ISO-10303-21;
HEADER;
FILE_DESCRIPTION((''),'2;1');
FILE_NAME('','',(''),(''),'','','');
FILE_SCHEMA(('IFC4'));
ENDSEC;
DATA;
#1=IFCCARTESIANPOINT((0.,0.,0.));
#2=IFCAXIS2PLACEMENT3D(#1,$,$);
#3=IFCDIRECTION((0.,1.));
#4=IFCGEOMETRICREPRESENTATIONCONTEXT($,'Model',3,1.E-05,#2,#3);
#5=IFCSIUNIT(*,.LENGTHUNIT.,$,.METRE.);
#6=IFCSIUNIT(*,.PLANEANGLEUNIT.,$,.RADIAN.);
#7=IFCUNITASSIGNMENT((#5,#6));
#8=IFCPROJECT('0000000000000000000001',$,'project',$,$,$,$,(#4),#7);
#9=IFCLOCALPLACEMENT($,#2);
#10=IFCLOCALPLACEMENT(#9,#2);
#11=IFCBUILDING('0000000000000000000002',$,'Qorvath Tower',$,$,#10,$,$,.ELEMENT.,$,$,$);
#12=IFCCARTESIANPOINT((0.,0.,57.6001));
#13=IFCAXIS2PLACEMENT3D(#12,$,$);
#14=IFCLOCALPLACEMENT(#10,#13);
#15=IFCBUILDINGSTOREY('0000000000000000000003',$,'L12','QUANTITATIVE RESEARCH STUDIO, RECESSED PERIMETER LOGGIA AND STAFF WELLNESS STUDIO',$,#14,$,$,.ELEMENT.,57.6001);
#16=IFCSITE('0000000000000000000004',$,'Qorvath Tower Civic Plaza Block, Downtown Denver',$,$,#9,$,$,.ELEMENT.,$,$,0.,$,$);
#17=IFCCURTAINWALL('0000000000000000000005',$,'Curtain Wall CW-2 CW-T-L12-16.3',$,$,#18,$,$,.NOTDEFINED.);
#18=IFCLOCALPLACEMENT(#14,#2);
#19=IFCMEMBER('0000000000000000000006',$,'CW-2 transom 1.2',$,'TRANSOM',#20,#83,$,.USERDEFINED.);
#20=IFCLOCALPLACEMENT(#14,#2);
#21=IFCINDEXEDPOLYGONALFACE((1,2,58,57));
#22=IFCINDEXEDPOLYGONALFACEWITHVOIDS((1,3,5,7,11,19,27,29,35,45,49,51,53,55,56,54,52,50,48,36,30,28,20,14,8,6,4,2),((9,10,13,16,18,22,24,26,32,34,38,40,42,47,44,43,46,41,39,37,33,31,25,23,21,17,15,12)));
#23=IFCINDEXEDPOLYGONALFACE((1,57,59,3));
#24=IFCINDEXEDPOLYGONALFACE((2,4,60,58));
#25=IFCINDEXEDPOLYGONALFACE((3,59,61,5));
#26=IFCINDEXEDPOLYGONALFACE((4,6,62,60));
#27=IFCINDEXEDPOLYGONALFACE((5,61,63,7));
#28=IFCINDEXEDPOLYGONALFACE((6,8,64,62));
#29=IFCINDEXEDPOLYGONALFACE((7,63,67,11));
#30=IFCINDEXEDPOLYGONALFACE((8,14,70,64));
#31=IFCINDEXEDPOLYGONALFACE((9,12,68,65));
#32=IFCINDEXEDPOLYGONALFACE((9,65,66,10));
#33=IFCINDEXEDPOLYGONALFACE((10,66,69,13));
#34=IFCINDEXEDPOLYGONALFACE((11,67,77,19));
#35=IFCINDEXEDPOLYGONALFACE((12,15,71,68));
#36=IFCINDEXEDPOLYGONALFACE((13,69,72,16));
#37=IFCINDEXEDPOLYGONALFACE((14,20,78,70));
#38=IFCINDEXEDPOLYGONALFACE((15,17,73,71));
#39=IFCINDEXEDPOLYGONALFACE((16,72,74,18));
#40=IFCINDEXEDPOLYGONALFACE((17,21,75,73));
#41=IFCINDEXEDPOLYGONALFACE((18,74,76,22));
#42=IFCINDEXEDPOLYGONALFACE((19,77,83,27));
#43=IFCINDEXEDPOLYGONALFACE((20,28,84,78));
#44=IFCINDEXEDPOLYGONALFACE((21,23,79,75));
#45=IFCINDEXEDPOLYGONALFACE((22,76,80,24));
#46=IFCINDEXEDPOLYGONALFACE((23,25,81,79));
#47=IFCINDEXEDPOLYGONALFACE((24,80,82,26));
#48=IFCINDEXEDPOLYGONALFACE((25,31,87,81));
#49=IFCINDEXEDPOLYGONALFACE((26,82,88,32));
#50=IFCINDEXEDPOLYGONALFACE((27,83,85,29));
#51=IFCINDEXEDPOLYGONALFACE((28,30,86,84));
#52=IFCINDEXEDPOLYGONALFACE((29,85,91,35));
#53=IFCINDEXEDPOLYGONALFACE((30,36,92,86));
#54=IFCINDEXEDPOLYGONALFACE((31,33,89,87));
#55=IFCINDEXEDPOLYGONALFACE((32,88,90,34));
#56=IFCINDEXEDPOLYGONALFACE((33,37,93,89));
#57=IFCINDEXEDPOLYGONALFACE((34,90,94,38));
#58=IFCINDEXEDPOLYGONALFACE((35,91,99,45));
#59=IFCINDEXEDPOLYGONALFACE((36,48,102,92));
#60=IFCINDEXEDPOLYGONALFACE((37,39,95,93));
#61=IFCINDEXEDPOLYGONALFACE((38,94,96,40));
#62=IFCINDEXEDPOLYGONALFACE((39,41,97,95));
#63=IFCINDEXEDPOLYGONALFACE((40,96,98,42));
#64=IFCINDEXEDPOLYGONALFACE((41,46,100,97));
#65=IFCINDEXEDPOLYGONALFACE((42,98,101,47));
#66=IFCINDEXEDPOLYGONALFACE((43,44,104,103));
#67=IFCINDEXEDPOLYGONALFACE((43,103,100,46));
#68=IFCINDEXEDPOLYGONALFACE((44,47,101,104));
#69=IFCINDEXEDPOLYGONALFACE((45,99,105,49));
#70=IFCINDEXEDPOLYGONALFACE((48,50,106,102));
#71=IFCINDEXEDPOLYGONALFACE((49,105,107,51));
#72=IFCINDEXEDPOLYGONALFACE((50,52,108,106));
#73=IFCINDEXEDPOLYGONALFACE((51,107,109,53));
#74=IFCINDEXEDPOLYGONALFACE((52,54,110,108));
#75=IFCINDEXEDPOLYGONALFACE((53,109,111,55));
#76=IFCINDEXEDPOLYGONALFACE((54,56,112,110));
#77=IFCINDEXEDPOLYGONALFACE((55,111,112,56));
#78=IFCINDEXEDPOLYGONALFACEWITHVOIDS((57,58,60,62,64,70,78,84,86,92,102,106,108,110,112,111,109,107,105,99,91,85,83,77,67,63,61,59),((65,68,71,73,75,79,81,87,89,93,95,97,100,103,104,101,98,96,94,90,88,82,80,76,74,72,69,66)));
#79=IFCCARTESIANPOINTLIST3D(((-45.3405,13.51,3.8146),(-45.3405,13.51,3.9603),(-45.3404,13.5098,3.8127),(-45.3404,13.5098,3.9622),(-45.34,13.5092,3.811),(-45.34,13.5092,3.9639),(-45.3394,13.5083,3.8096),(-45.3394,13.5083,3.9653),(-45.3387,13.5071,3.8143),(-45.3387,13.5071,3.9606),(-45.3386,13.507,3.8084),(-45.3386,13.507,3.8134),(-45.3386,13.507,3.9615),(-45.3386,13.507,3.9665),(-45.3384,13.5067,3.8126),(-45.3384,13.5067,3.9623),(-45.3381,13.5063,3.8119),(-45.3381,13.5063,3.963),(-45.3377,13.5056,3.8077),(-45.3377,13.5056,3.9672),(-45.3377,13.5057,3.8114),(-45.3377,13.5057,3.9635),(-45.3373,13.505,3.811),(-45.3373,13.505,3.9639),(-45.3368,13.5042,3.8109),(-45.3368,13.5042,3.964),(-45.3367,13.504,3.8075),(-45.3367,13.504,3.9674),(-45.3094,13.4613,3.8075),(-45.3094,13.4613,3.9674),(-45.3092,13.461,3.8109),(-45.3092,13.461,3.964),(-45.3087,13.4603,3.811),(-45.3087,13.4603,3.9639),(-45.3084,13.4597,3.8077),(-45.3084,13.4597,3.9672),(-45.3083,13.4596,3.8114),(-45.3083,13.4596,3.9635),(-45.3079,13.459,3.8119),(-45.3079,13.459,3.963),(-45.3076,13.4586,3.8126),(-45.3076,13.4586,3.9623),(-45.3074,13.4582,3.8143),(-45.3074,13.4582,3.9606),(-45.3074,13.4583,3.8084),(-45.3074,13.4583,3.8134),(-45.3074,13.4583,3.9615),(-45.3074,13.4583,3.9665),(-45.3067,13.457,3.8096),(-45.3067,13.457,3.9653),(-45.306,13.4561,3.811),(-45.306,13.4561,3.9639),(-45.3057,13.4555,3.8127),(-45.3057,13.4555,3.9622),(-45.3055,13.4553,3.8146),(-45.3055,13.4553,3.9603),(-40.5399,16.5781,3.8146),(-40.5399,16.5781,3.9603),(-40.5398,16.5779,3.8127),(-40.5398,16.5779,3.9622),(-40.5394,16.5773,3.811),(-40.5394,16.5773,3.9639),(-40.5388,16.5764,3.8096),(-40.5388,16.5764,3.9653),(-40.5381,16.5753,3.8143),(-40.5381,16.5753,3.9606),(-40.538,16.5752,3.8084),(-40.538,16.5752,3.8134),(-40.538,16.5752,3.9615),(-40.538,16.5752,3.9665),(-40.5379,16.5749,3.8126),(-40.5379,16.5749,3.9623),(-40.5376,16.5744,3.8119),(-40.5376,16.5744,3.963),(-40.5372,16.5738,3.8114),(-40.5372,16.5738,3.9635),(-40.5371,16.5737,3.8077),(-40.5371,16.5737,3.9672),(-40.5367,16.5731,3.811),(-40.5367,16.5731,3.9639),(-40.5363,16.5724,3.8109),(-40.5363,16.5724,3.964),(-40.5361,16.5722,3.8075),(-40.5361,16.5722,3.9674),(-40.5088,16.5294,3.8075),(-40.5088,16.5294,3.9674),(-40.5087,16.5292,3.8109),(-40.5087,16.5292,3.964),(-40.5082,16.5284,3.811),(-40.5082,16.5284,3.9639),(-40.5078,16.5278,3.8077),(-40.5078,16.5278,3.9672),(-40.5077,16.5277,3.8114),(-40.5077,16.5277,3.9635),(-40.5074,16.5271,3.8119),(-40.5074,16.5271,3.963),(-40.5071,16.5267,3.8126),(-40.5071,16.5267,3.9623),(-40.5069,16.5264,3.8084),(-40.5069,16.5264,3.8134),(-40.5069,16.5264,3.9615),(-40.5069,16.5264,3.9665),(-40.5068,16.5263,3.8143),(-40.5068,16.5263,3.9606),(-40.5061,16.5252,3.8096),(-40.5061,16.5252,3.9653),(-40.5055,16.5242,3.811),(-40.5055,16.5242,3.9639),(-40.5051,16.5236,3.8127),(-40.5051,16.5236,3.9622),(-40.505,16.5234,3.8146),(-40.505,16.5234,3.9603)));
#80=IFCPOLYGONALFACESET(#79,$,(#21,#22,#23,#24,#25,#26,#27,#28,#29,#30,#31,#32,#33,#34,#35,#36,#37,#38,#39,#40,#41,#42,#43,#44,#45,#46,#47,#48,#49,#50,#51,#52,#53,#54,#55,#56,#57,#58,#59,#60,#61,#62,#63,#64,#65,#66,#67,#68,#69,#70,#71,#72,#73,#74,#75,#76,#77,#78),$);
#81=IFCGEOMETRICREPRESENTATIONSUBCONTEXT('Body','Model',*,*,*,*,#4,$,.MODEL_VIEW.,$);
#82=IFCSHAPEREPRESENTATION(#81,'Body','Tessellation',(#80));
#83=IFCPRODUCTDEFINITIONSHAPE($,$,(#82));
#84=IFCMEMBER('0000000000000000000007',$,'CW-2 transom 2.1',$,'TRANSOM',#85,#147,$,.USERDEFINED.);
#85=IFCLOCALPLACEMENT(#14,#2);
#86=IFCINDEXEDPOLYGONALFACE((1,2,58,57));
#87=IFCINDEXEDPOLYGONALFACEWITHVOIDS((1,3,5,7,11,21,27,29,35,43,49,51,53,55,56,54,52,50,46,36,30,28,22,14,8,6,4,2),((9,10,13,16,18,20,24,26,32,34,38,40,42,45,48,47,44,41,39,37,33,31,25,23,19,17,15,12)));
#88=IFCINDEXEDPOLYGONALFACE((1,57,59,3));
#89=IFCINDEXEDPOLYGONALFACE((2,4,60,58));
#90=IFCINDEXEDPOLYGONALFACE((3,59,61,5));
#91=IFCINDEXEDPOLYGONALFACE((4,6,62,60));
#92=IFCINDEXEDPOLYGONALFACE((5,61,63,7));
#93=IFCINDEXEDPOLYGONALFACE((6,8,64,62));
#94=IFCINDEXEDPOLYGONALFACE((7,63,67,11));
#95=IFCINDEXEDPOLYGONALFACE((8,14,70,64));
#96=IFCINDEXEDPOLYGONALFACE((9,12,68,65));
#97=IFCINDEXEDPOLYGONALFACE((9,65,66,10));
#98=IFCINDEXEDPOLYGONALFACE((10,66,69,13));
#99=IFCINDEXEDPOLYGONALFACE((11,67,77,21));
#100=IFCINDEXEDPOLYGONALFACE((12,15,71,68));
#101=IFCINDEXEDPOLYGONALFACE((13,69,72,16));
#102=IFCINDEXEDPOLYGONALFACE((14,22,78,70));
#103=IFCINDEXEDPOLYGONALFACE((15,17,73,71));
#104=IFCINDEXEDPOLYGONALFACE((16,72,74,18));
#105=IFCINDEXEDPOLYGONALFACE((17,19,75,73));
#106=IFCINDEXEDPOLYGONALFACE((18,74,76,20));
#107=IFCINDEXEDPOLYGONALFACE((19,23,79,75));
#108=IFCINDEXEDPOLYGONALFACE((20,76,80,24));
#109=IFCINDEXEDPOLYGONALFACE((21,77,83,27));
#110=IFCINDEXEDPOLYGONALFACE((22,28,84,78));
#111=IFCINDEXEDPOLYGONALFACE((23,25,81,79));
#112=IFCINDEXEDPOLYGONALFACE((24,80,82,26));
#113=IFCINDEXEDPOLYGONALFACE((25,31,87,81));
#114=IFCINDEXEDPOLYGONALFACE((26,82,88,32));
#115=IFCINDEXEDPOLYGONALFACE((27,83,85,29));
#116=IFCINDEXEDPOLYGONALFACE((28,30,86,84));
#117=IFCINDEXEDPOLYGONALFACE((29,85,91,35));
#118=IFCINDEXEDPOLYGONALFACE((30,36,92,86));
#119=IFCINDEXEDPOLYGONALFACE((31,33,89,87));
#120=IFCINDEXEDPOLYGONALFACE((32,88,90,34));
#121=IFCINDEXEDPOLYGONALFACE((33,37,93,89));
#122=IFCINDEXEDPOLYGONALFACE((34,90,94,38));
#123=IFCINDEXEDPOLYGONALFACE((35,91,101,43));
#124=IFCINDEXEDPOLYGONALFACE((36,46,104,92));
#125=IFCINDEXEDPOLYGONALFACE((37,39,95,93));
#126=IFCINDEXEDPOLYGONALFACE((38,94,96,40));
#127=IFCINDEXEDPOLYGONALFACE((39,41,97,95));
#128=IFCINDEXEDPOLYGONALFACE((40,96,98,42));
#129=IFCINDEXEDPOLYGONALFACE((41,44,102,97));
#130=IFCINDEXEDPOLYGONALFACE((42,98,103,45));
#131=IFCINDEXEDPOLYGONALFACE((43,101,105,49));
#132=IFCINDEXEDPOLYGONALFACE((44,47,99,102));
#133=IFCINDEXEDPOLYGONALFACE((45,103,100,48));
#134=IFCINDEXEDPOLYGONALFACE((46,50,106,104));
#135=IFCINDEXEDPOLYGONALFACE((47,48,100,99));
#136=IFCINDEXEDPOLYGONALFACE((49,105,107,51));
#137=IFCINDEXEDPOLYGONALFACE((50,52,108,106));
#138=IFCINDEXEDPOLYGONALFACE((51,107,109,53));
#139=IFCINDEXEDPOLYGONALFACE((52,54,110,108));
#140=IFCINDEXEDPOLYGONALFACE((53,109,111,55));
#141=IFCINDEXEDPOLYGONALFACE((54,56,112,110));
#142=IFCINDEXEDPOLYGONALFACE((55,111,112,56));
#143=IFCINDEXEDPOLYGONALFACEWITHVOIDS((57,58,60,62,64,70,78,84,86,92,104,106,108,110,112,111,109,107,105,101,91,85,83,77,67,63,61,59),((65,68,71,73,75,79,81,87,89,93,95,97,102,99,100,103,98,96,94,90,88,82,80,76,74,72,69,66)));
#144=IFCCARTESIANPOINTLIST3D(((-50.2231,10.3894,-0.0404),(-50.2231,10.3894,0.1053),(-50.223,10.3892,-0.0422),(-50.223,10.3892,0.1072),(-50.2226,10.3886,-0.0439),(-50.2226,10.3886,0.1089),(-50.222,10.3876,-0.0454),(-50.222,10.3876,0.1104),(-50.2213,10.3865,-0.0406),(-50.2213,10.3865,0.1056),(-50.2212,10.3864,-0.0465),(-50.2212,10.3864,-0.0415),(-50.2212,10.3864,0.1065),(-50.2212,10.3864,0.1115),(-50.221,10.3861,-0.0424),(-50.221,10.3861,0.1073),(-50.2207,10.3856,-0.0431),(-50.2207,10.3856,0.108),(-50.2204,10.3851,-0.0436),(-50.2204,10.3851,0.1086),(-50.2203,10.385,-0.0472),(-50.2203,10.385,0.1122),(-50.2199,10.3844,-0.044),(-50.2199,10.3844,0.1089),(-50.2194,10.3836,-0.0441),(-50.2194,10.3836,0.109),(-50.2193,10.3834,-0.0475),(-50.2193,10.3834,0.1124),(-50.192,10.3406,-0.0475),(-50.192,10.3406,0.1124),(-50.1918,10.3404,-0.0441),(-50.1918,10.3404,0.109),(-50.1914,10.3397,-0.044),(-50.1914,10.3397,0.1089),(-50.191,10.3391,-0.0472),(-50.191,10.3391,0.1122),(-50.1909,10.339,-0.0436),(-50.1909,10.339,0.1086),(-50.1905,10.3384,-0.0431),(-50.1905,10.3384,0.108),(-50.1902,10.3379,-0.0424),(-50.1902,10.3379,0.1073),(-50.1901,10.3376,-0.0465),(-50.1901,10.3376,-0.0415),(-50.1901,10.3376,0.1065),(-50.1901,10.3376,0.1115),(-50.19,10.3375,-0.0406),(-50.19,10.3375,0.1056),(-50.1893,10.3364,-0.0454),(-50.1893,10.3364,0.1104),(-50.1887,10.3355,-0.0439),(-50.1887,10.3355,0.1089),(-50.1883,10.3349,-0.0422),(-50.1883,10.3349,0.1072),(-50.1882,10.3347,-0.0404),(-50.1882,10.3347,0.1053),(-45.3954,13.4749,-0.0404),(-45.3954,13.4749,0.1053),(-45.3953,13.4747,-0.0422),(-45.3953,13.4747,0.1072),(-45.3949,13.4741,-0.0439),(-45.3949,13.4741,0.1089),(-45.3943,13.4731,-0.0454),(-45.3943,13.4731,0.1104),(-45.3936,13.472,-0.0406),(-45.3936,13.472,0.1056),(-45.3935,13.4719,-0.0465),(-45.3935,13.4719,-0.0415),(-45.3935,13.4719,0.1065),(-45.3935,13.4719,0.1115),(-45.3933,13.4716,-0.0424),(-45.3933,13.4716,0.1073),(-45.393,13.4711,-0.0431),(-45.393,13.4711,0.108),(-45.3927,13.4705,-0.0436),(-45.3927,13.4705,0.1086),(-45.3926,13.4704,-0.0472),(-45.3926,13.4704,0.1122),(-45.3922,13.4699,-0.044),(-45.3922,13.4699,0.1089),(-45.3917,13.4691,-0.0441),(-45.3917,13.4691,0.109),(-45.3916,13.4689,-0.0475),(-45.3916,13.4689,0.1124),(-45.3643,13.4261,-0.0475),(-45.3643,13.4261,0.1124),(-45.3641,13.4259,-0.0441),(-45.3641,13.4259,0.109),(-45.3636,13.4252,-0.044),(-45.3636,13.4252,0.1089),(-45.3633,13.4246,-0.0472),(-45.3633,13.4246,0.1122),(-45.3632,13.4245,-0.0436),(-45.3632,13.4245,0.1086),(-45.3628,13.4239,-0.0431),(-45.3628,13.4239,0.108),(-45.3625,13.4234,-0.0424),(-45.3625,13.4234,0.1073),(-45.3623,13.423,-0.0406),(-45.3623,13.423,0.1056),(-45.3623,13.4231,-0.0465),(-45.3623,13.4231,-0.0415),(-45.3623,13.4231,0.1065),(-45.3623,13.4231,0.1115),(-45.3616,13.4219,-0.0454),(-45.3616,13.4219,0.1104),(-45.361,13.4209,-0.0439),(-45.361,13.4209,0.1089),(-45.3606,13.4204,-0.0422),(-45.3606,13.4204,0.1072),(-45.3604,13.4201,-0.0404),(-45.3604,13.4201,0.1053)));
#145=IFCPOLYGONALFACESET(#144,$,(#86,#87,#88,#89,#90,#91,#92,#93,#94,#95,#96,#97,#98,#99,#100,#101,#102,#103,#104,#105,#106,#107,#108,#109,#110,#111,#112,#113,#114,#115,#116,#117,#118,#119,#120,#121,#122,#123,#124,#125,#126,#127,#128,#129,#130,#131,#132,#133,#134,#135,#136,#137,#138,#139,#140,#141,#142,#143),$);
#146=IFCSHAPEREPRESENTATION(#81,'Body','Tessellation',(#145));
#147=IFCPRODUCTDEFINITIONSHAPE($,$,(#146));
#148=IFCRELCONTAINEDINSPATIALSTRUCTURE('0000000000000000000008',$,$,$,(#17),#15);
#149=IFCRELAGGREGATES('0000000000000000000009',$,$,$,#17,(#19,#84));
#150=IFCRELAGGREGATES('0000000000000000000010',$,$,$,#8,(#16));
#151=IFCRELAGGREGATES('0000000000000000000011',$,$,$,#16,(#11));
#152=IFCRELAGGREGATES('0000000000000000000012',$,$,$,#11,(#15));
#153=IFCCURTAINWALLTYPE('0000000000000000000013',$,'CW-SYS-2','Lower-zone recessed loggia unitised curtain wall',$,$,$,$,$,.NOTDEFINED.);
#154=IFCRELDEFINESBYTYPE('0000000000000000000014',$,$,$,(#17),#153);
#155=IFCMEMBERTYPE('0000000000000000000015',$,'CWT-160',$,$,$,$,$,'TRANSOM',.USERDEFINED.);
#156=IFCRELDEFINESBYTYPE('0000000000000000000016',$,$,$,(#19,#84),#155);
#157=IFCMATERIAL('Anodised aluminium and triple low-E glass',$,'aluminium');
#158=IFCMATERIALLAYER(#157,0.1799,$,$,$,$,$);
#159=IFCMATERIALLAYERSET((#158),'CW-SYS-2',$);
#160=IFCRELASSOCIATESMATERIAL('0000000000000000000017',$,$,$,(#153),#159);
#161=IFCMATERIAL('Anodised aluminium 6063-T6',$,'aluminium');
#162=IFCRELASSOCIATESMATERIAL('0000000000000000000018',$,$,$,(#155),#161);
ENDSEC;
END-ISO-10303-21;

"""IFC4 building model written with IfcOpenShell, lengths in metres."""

from ifc_helpers import new_model, si_unit, direction, frame, origin, origin_2d, place, context, subcontext, project, spatial, hollow_rectangle, extrude, material, layer, layer_set, material_profile, profile_set, type_object, element, aggregate, save


model = new_model("IFC4")

# Units and contexts
model_context = context("Model", 3, precision=1e-05, world=origin(), true_north=direction((0.0, 1.0)))
body_context = subcontext(model_context, "Body", "Model", "MODEL_VIEW")
ifc_project = project(units=[si_unit("LENGTHUNIT", "METRE"), si_unit("PLANEANGLEUNIT", "RADIAN")], contexts=[model_context])

# Site, building, storey
site_placement = place(None, origin())
site = spatial("IfcSite", under=ifc_project, at=site_placement, Name="Qorvath Tower Civic Plaza Block, Downtown Denver", CompositionType="ELEMENT", RefElevation=0.0)
building_placement = place(site_placement, origin())
building = spatial("IfcBuilding", under=site, at=building_placement, Name="Qorvath Tower", CompositionType="ELEMENT")
storey_placement = place(building_placement, frame((0.0, 0.0, 57.6001)))
storey = spatial("IfcBuildingStorey", under=building, at=storey_placement, Name="L12", Description="QUANTITATIVE RESEARCH STUDIO, RECESSED PERIMETER LOGGIA AND STAFF WELLNESS STUDIO", CompositionType="ELEMENT", Elevation=57.6001)

# Curtain wall, members
ifc_material_1 = material(Name="Anodised aluminium and triple low-E glass", Category="aluminium")
ifc_layer_1 = layer(ifc_material_1, 0.1799)
ifc_layer_set_1 = layer_set([ifc_layer_1], Name="CW-SYS-2")
curtain_wall_type = type_object("IfcCurtainWallType", Name="CW-SYS-2", Description="Lower-zone recessed loggia unitised curtain wall", PredefinedType="NOTDEFINED", material=ifc_layer_set_1)
curtain_wall_placement = place(storey_placement, origin())
curtain_wall = element("IfcCurtainWall", 1, at=curtain_wall_placement, inside=storey, type_object=curtain_wall_type, Name="Curtain Wall CW-2 CW-T-L12-16.3", PredefinedType="NOTDEFINED")
ifc_material_2 = material(Name="Anodised aluminium 6063-T6", Category="aluminium")
ifc_material_profile_1 = material_profile(ifc_material_2, hollow_rectangle(XDim=0.0649, YDim=0.1599, WallThickness=0.0034, InnerFilletRadius=0.0034, OuterFilletRadius=0.0071, at=origin_2d()), Name="CWT 160x65")
ifc_profile_set_1 = profile_set([ifc_material_profile_1], Name="Anodised aluminium 6063-T6")
member_type_1 = type_object("IfcMemberType", Name="CWT-160", ElementType="TRANSOM", PredefinedType="USERDEFINED", material=ifc_profile_set_1)
member_1_placement = place(storey_placement, frame((-40.5225, 16.5508, 3.8875), z_axis=(-0.842608, -0.538527, 0.0), x_axis=(0.538527, -0.842608, 0.0)))
member_1 = element("IfcMember", 2, at=member_1_placement, type_object=member_type_1, Name="CW-2 transom 1.2", ObjectType="TRANSOM", PredefinedType="USERDEFINED", context=body_context, shape_type="SweptSolid", body=[
    extrude(hollow_rectangle(XDim=0.0649, YDim=0.1599, WallThickness=0.0034, InnerFilletRadius=0.0034, OuterFilletRadius=0.0071, at=origin_2d()), origin(), (0.0, 0.0, 1.0), 5.6973),
])
member_2_placement = place(storey_placement, frame((-45.3779, 13.4475, 0.0325), z_axis=(-0.842607, -0.538529, 0.0), x_axis=(0.538529, -0.842607, 0.0)))
member_2 = element("IfcMember", 3, at=member_2_placement, type_object=member_type_1, Name="CW-2 transom 2.1", ObjectType="TRANSOM", PredefinedType="USERDEFINED", context=body_context, shape_type="SweptSolid", body=[
    extrude(hollow_rectangle(XDim=0.0649, YDim=0.1599, WallThickness=0.0034, InnerFilletRadius=0.0034, OuterFilletRadius=0.0071, at=origin_2d()), origin(), (0.0, 0.0, 1.0), 5.7295),
])
aggregate(curtain_wall, [member_1, member_2])

save(model, "model.ifc")
